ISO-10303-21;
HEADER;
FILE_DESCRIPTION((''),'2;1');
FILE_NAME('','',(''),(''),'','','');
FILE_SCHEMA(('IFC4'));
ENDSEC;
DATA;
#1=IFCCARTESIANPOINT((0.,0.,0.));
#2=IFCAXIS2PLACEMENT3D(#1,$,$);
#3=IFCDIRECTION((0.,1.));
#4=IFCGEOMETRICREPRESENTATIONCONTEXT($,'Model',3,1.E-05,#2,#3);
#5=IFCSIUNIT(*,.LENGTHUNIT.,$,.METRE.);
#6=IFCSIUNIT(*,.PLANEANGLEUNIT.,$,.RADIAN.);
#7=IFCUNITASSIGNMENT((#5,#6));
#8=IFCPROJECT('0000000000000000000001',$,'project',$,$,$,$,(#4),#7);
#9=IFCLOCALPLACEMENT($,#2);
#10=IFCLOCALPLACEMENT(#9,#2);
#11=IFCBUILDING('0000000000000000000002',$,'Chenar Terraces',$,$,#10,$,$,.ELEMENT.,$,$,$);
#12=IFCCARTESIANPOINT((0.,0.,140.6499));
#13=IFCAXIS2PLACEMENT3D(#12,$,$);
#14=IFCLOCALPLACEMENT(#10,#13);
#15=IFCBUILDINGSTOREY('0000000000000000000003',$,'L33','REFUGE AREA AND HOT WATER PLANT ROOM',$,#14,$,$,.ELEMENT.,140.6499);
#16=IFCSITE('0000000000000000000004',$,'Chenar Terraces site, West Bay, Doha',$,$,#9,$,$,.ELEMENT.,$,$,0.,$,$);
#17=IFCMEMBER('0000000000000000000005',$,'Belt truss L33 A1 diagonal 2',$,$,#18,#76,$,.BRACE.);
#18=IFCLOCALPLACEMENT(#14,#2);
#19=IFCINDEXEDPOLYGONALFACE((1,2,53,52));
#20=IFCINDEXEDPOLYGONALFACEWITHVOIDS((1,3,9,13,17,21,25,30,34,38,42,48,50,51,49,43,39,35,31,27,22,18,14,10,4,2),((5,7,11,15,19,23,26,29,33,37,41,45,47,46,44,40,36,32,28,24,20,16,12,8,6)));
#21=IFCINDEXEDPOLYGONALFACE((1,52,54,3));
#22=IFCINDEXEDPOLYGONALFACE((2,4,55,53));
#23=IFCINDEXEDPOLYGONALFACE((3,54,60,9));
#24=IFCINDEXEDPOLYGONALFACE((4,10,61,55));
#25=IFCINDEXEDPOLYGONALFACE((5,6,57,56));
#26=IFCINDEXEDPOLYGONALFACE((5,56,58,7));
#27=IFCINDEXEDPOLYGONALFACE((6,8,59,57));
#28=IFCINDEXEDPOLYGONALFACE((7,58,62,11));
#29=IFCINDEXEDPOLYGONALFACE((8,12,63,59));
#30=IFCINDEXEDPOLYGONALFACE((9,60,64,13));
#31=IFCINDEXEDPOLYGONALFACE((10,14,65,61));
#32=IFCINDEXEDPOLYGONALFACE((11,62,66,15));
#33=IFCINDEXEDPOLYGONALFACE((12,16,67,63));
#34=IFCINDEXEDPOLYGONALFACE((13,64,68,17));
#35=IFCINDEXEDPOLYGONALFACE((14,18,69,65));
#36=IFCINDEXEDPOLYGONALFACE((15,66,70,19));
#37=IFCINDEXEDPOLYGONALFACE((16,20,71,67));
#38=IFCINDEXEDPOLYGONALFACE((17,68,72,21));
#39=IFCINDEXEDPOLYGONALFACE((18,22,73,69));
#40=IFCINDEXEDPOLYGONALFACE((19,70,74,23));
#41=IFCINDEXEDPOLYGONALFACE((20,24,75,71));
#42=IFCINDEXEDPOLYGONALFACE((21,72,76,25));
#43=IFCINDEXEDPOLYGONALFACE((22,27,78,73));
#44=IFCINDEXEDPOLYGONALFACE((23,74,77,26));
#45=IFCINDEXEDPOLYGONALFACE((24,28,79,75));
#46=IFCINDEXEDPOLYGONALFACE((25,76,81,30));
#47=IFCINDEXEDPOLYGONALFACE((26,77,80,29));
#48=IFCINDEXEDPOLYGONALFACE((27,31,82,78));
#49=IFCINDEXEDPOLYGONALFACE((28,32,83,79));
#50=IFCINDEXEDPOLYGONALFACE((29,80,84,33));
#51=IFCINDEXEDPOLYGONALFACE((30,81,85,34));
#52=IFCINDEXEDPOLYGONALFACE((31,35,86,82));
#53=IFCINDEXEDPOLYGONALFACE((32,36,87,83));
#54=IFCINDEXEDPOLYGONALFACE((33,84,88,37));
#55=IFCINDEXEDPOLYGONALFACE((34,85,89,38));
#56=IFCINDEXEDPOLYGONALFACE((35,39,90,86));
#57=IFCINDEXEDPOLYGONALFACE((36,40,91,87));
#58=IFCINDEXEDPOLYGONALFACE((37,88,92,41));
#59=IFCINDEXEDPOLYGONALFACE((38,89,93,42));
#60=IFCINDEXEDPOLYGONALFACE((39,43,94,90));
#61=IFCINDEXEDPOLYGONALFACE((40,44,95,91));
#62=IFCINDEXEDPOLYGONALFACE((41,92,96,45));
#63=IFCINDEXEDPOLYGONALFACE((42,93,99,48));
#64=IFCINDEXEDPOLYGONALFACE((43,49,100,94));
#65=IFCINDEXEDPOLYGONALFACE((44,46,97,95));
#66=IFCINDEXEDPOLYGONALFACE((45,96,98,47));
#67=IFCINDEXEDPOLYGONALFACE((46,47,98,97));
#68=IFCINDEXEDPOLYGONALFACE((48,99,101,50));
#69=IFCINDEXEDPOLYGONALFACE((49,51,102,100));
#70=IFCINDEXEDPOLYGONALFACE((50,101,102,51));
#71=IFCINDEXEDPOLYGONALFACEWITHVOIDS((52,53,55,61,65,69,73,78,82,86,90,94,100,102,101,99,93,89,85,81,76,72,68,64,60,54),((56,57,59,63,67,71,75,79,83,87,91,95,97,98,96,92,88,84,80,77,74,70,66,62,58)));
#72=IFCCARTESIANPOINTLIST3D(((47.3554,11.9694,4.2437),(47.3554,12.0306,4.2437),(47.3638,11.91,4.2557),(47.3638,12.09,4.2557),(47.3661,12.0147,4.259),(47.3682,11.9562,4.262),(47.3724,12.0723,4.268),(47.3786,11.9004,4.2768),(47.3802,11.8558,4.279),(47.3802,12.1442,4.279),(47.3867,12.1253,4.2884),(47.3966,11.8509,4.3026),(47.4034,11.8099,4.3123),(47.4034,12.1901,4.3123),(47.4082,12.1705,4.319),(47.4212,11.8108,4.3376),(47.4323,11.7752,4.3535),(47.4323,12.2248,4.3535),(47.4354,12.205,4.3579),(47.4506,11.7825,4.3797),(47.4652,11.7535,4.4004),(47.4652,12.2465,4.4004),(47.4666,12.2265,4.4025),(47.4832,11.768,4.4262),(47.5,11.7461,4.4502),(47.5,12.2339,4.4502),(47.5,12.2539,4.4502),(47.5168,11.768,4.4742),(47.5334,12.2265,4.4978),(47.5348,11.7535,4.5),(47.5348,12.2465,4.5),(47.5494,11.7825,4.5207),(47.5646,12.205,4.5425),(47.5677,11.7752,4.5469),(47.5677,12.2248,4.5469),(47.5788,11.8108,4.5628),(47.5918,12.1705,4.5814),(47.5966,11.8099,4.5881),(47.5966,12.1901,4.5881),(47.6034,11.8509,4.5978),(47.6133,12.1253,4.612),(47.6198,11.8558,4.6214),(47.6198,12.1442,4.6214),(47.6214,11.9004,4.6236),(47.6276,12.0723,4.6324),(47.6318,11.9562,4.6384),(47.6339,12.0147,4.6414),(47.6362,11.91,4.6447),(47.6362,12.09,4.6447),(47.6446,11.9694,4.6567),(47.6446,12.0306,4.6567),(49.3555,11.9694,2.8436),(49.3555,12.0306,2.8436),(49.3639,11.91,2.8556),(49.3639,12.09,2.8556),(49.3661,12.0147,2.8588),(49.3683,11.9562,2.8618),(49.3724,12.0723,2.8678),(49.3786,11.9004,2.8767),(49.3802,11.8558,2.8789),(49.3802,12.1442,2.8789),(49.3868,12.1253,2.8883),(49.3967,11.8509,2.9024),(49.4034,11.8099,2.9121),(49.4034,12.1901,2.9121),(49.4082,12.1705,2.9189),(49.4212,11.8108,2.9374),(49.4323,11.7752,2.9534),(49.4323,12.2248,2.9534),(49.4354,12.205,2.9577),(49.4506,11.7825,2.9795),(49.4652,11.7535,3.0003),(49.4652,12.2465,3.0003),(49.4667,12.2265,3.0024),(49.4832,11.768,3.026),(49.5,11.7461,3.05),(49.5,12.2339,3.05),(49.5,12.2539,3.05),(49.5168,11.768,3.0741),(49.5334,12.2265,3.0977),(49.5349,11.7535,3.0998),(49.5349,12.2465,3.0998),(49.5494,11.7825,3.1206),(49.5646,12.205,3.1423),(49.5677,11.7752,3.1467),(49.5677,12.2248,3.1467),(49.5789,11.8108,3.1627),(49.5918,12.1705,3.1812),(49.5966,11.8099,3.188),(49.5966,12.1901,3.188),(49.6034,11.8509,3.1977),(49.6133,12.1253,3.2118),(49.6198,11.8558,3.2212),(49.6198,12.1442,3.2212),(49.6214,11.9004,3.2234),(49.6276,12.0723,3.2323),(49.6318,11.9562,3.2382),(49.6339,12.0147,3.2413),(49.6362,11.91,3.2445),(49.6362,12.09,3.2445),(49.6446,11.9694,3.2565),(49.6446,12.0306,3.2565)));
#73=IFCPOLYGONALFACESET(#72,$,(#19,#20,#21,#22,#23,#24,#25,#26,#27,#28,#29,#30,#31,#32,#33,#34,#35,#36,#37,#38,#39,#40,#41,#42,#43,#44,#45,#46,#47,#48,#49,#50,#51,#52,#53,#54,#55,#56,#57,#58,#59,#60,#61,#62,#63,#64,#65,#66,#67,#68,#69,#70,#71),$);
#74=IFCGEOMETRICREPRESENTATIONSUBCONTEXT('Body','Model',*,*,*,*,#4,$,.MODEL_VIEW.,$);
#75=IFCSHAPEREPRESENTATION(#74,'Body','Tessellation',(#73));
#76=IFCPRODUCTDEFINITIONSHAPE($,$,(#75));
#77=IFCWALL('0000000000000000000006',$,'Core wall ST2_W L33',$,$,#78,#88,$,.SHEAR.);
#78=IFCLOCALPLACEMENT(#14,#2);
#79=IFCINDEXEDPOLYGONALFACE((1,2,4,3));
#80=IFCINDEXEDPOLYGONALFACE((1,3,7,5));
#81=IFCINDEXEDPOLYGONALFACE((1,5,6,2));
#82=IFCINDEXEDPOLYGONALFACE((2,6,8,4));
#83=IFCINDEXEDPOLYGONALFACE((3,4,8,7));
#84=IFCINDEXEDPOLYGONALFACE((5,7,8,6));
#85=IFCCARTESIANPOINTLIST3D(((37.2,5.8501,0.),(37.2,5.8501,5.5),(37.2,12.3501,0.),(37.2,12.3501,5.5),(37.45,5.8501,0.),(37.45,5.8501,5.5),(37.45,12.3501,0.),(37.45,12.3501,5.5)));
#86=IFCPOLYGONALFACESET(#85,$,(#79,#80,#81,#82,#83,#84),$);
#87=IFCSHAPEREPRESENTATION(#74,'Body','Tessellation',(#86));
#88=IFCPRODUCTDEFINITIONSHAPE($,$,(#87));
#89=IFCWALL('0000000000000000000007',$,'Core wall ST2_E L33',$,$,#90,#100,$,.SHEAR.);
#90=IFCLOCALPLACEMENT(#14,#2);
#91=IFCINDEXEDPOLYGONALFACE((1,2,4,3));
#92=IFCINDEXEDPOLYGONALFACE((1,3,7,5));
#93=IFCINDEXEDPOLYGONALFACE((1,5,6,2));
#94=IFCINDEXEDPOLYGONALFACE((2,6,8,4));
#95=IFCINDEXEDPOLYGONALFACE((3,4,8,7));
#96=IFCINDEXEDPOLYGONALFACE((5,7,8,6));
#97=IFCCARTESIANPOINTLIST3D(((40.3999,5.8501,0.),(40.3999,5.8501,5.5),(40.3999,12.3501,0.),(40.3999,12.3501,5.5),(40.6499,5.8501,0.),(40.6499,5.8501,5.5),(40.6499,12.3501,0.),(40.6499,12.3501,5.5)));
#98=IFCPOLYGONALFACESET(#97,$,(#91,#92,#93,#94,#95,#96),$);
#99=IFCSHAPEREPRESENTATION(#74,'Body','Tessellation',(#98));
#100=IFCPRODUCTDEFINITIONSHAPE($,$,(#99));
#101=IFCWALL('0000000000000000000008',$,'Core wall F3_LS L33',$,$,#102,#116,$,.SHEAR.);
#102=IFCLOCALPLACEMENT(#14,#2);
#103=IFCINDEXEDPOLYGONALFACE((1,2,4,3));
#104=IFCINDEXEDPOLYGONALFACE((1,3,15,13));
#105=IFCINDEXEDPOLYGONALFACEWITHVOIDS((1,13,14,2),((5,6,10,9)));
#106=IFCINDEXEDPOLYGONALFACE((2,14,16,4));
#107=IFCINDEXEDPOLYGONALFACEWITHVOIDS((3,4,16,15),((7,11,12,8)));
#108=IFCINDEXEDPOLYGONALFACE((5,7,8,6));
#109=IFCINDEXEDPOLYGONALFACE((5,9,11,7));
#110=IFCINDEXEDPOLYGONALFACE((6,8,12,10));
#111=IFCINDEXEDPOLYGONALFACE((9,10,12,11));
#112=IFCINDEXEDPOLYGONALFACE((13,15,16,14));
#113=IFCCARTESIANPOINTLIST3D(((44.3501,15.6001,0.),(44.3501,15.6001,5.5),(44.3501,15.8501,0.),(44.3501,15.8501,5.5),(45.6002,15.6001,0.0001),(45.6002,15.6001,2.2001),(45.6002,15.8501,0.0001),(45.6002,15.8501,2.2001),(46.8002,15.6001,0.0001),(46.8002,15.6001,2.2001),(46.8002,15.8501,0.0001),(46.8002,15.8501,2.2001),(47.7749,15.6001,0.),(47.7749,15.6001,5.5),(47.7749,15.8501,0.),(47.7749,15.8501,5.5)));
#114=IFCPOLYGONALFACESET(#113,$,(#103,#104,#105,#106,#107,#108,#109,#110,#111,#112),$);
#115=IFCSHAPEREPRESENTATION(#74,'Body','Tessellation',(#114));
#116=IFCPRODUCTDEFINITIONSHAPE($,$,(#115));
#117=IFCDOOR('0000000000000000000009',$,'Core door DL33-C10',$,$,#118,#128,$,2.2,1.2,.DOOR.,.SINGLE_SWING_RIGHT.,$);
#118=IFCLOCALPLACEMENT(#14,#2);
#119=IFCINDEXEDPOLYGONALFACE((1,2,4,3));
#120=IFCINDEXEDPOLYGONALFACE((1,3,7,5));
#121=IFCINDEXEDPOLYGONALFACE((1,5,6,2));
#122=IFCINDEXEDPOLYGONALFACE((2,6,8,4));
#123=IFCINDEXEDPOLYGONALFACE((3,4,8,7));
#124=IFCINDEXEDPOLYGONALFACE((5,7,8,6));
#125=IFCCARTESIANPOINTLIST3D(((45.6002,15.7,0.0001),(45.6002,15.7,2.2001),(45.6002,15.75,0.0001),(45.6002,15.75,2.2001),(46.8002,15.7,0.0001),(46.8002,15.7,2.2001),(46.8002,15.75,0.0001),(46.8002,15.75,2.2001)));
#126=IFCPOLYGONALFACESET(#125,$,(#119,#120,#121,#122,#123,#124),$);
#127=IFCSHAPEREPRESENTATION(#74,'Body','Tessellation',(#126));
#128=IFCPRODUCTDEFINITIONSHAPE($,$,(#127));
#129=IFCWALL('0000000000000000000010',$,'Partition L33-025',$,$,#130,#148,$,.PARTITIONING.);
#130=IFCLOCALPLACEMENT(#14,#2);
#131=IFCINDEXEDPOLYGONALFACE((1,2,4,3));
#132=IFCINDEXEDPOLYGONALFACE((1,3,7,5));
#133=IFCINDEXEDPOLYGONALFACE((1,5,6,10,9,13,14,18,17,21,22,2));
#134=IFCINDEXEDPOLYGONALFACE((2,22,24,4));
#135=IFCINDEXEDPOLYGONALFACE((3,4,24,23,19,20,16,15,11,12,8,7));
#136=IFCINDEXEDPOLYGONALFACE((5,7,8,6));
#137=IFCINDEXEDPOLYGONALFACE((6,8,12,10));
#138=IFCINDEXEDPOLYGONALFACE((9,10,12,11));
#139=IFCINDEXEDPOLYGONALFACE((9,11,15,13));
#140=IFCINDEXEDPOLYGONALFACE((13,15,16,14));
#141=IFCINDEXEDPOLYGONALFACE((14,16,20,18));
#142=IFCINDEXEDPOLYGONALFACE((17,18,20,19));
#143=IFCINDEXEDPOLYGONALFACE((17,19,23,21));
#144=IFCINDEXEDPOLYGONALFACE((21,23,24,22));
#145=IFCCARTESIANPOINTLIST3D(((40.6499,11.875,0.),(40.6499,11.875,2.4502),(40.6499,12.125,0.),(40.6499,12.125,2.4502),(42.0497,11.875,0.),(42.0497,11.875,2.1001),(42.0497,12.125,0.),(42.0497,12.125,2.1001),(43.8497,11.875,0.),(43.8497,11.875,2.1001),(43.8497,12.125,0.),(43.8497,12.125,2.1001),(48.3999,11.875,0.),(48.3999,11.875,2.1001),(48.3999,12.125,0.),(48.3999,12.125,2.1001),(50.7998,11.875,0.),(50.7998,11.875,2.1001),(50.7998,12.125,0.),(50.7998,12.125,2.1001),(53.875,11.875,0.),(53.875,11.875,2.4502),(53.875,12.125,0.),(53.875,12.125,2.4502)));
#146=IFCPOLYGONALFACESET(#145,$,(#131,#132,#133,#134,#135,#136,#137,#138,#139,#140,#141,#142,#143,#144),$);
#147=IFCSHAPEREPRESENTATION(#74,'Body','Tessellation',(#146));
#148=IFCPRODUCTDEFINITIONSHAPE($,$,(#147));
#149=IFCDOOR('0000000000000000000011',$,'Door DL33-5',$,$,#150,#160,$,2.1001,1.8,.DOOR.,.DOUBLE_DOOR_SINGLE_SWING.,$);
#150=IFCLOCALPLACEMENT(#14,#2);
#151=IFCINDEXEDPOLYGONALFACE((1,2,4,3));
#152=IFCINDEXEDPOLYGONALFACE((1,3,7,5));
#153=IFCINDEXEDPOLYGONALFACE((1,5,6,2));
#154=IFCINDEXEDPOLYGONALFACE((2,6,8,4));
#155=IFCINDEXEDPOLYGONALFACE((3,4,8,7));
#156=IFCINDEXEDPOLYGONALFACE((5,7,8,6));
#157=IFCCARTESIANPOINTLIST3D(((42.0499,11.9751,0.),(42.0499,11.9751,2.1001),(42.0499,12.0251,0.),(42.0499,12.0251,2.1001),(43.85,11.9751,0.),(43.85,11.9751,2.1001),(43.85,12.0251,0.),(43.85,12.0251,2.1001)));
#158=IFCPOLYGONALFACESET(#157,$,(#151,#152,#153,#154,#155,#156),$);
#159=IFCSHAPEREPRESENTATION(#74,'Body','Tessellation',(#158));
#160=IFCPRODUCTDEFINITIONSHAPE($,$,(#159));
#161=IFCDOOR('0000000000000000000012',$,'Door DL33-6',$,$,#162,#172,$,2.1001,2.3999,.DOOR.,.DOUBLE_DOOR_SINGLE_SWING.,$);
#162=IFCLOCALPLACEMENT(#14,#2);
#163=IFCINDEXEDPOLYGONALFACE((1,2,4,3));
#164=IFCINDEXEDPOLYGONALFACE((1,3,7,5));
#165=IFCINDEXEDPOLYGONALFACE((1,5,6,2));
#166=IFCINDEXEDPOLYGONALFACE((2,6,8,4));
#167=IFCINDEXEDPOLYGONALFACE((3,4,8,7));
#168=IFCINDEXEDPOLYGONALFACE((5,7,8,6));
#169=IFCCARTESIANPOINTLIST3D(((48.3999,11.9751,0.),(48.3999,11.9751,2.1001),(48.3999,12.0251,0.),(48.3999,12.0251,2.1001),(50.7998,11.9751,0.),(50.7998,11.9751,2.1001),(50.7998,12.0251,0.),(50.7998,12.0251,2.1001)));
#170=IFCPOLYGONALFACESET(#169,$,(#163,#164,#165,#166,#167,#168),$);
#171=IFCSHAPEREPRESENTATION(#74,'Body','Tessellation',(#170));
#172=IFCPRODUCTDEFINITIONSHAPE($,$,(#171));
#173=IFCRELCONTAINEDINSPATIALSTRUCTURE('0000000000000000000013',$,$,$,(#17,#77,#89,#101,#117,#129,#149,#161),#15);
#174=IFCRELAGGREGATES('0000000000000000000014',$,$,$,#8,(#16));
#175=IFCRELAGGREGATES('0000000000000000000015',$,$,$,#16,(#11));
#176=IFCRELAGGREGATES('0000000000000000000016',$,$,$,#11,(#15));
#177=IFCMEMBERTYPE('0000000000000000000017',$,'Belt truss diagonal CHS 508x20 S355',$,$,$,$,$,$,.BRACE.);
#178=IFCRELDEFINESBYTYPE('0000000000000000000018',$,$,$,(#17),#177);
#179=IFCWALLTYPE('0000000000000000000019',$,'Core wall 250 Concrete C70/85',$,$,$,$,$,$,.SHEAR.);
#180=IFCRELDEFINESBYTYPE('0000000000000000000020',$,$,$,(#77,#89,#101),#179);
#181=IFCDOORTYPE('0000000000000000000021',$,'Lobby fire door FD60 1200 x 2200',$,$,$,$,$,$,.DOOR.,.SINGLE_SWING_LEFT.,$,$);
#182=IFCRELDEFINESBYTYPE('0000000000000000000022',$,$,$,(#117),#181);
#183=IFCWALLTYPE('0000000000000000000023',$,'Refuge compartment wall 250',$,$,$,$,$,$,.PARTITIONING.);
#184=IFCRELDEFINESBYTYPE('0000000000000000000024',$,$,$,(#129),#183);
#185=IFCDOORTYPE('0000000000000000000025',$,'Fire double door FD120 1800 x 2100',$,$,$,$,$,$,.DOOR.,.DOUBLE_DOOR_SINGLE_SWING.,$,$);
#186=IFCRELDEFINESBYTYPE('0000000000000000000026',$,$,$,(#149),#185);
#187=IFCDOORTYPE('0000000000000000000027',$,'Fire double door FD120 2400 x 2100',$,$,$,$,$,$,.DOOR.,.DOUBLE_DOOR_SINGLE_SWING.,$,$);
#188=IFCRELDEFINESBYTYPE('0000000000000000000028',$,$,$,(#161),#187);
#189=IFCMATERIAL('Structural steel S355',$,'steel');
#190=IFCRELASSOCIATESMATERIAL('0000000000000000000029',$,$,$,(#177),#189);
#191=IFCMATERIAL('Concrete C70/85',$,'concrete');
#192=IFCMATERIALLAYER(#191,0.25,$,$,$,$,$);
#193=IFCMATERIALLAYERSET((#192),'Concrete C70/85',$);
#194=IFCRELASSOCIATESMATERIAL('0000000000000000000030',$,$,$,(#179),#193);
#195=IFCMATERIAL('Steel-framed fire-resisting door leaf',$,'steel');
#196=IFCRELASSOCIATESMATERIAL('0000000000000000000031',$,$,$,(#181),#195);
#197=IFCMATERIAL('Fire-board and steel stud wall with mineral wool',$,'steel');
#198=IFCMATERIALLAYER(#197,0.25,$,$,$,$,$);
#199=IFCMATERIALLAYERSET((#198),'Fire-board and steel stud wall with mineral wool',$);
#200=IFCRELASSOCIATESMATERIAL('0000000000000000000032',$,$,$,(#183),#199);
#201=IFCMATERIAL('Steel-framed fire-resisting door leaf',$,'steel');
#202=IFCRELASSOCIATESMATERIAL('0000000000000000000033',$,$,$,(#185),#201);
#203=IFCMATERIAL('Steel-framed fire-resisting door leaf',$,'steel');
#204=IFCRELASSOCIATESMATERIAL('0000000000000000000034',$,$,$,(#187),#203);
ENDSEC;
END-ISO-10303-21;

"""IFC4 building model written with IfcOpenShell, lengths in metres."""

from ifc_helpers import new_model, si_unit, direction, frame, frame_2d, origin, origin_2d, place, context, subcontext, project, spatial, rectangle, hollow_circle, extrude, material, layer, layer_set, material_profile, profile_set, type_object, element, fill, save


model = new_model("IFC4")

# Units and contexts
model_context = context("Model", 3, precision=1e-05, world=origin(), true_north=direction((0.0, 1.0)))
body_context = subcontext(model_context, "Body", "Model", "MODEL_VIEW")
ifc_project = project(units=[si_unit("LENGTHUNIT", "METRE"), si_unit("PLANEANGLEUNIT", "RADIAN")], contexts=[model_context])

# Site, building, storey
site_placement = place(None, origin())
site = spatial("IfcSite", under=ifc_project, at=site_placement, Name="Chenar Terraces site, West Bay, Doha", CompositionType="ELEMENT", RefElevation=0.0)
building_placement = place(site_placement, origin())
building = spatial("IfcBuilding", under=site, at=building_placement, Name="Chenar Terraces", CompositionType="ELEMENT")
storey_placement = place(building_placement, frame((0.0, 0.0, 140.6499)))
storey = spatial("IfcBuildingStorey", under=building, at=storey_placement, Name="L33", Description="REFUGE AREA AND HOT WATER PLANT ROOM", CompositionType="ELEMENT", Elevation=140.6499)

# Member
ifc_material_1 = material(Name="Structural steel S355", Category="steel")
ifc_material_profile_1 = material_profile(ifc_material_1, hollow_circle(Radius=0.2539, WallThickness=0.02, at=origin_2d()), Name="CHS 508x20")
ifc_profile_set_1 = profile_set([ifc_material_profile_1], Name="Structural steel S355")
member_type = type_object("IfcMemberType", Name="Belt truss diagonal CHS 508x20 S355", PredefinedType="BRACE", material=ifc_profile_set_1)
for number, where, z_axis, x_axis, name in (
    (1, (47.5, 12.0, 4.4502), (0.819204, 0.0, -0.573503), (0.0, 1.0, 0.0), "Belt truss L33 A1 diagonal 2"),
):
    element("IfcMember", number, at=place(storey_placement, frame(where, z_axis=z_axis, x_axis=x_axis)), inside=storey, type_object=member_type, Name=name, PredefinedType="BRACE", context=body_context, shape_type="SweptSolid", body=[
        extrude(hollow_circle(Radius=0.2539, WallThickness=0.02, at=origin_2d()), origin(), (0.0, 0.0, 1.0), 2.4414),
    ])

# Walls
ifc_material_2 = material(Name="Concrete C70/85", Category="concrete")
ifc_layer_1 = layer(ifc_material_2, 0.25)
ifc_layer_set_1 = layer_set([ifc_layer_1], Name="Concrete C70/85")
wall_type_1 = type_object("IfcWallType", Name="Core wall 250 Concrete C70/85", PredefinedType="SHEAR", material=ifc_layer_set_1)
for number, where, z_axis, x_axis, name in (
    (2, (37.325, 5.8501, 0.0), (0.0, 0.0, 1.0), (0.0, 1.0, 0.0), "Core wall ST2_W L33"),
    (3, (40.5249, 5.8501, 0.0), (0.0, 0.0, 1.0), (0.0, 1.0, 0.0), "Core wall ST2_E L33"),
):
    element("IfcWall", number, at=place(storey_placement, frame(where, z_axis=z_axis, x_axis=x_axis)), inside=storey, type_object=wall_type_1, Name=name, PredefinedType="SHEAR", context=body_context, shape_type="SweptSolid", body=[
        extrude(rectangle(XDim=6.5, YDim=0.25, at=frame_2d((3.25, 0.0))), origin(), (0.0, 0.0, 1.0), 5.5),
    ])

# Wall, opening, door
wall_1_placement = place(storey_placement, frame((44.3501, 15.7251, 0.0), z_axis=(0.0, 0.0, 1.0), x_axis=(1.0, 0.0, 0.0)))
wall_1 = element("IfcWall", 4, at=wall_1_placement, inside=storey, type_object=wall_type_1, Name="Core wall F3_LS L33", PredefinedType="SHEAR", context=body_context, shape_type="SweptSolid", body=[
    extrude(rectangle(XDim=3.4248, YDim=0.25, at=frame_2d((1.7124, 0.0))), origin(), (0.0, 0.0, 1.0), 5.5),
])
opening_1_placement = place(wall_1_placement, frame((1.25, 0.0, 0.0)))
opening_1 = element("IfcOpeningElement", 5, at=opening_1_placement, cuts=wall_1, PredefinedType="OPENING", context=body_context, shape_type="SweptSolid", body=[
    extrude(rectangle(XDim=1.2, YDim=2.2, at=frame_2d((0.6001, 1.1001))), frame((0.0, 0.135, 0.0), z_axis=(0.0, -1.0, 0.0), x_axis=(1.0, 0.0, 0.0)), (0.0, 0.0, 1.0), 0.27),
])
ifc_material_3 = material(Name="Steel-framed fire-resisting door leaf", Category="steel")
door_type_1 = type_object("IfcDoorType", Name="Lobby fire door FD60 1200 x 2200", OperationType="SINGLE_SWING_LEFT", PredefinedType="DOOR", material=ifc_material_3)
door_1_placement = place(opening_1_placement, origin())
door_1 = element("IfcDoor", 6, at=door_1_placement, inside=storey, type_object=door_type_1, Name="Core door DL33-C10", OperationType="SINGLE_SWING_RIGHT", OverallHeight=2.2, OverallWidth=1.2, PredefinedType="DOOR", context=body_context, shape_type="SweptSolid", body=[
    extrude(rectangle(XDim=1.2, YDim=2.2, at=frame_2d((0.6001, 1.1001))), frame((0.0, 0.0249, 0.0), z_axis=(0.0, -1.0, 0.0), x_axis=(1.0, 0.0, 0.0)), (0.0, 0.0, 1.0), 0.05),
])
fill(opening_1, door_1)

# Wall, openings, doors
ifc_material_4 = material(Name="Fire-board and steel stud wall with mineral wool", Category="steel")
ifc_layer_2 = layer(ifc_material_4, 0.25)
ifc_layer_set_2 = layer_set([ifc_layer_2], Name="Fire-board and steel stud wall with mineral wool")
wall_type_2 = type_object("IfcWallType", Name="Refuge compartment wall 250", PredefinedType="PARTITIONING", material=ifc_layer_set_2)
wall_2_placement = place(storey_placement, frame((40.6499, 12.0, 0.0), z_axis=(0.0, 0.0, 1.0), x_axis=(1.0, 0.0, 0.0)))
wall_2 = element("IfcWall", 7, at=wall_2_placement, inside=storey, type_object=wall_type_2, Name="Partition L33-025", PredefinedType="PARTITIONING", context=body_context, shape_type="SweptSolid", body=[
    extrude(rectangle(XDim=13.2251, YDim=0.25, at=frame_2d((6.6125, 0.0))), origin(), (0.0, 0.0, 1.0), 2.4502),
])
opening_2_placement = place(wall_2_placement, frame((1.3999, 0.0, 0.0)))
opening_2 = element("IfcOpeningElement", 8, at=opening_2_placement, cuts=wall_2, PredefinedType="OPENING", context=body_context, shape_type="SweptSolid", body=[
    extrude(rectangle(XDim=1.8, YDim=2.1001, at=frame_2d((0.8999, 1.05))), frame((0.0, 0.135, 0.0), z_axis=(0.0, -1.0, 0.0), x_axis=(1.0, 0.0, 0.0)), (0.0, 0.0, 1.0), 0.27),
])
opening_3_placement = place(wall_2_placement, frame((7.75, 0.0, 0.0)))
opening_3 = element("IfcOpeningElement", 9, at=opening_3_placement, cuts=wall_2, PredefinedType="OPENING", context=body_context, shape_type="SweptSolid", body=[
    extrude(rectangle(XDim=2.3999, YDim=2.1001, at=frame_2d((1.2, 1.05))), frame((0.0, 0.135, 0.0), z_axis=(0.0, -1.0, 0.0), x_axis=(1.0, 0.0, 0.0)), (0.0, 0.0, 1.0), 0.27),
])
ifc_material_5 = material(Name="Steel-framed fire-resisting door leaf", Category="steel")
door_type_2 = type_object("IfcDoorType", Name="Fire double door FD120 1800 x 2100", OperationType="DOUBLE_DOOR_SINGLE_SWING", PredefinedType="DOOR", material=ifc_material_5)
door_2_placement = place(opening_2_placement, frame((1.8, 0.0, 0.0), z_axis=(0.0, 0.0, 1.0), x_axis=(-1.0, 0.0, 0.0)))
door_2 = element("IfcDoor", 10, at=door_2_placement, inside=storey, type_object=door_type_2, Name="Door DL33-5", OperationType="DOUBLE_DOOR_SINGLE_SWING", OverallHeight=2.1001, OverallWidth=1.8, PredefinedType="DOOR", context=body_context, shape_type="SweptSolid", body=[
    extrude(rectangle(XDim=1.8, YDim=2.1001, at=frame_2d((0.8999, 1.05))), frame((0.0, 0.0249, 0.0), z_axis=(0.0, -1.0, 0.0), x_axis=(1.0, 0.0, 0.0)), (0.0, 0.0, 1.0), 0.05),
])
fill(opening_2, door_2)
ifc_material_6 = material(Name="Steel-framed fire-resisting door leaf", Category="steel")
door_type_3 = type_object("IfcDoorType", Name="Fire double door FD120 2400 x 2100", OperationType="DOUBLE_DOOR_SINGLE_SWING", PredefinedType="DOOR", material=ifc_material_6)
door_3_placement = place(opening_3_placement, frame((2.3999, 0.0, 0.0), z_axis=(0.0, 0.0, 1.0), x_axis=(-1.0, 0.0, 0.0)))
door_3 = element("IfcDoor", 11, at=door_3_placement, inside=storey, type_object=door_type_3, Name="Door DL33-6", OperationType="DOUBLE_DOOR_SINGLE_SWING", OverallHeight=2.1001, OverallWidth=2.3999, PredefinedType="DOOR", context=body_context, shape_type="SweptSolid", body=[
    extrude(rectangle(XDim=2.3999, YDim=2.1001, at=frame_2d((1.2, 1.05))), frame((0.0, 0.0249, 0.0), z_axis=(0.0, -1.0, 0.0), x_axis=(1.0, 0.0, 0.0)), (0.0, 0.0, 1.0), 0.05),
])
fill(opening_3, door_3)

save(model, "model.ifc")
